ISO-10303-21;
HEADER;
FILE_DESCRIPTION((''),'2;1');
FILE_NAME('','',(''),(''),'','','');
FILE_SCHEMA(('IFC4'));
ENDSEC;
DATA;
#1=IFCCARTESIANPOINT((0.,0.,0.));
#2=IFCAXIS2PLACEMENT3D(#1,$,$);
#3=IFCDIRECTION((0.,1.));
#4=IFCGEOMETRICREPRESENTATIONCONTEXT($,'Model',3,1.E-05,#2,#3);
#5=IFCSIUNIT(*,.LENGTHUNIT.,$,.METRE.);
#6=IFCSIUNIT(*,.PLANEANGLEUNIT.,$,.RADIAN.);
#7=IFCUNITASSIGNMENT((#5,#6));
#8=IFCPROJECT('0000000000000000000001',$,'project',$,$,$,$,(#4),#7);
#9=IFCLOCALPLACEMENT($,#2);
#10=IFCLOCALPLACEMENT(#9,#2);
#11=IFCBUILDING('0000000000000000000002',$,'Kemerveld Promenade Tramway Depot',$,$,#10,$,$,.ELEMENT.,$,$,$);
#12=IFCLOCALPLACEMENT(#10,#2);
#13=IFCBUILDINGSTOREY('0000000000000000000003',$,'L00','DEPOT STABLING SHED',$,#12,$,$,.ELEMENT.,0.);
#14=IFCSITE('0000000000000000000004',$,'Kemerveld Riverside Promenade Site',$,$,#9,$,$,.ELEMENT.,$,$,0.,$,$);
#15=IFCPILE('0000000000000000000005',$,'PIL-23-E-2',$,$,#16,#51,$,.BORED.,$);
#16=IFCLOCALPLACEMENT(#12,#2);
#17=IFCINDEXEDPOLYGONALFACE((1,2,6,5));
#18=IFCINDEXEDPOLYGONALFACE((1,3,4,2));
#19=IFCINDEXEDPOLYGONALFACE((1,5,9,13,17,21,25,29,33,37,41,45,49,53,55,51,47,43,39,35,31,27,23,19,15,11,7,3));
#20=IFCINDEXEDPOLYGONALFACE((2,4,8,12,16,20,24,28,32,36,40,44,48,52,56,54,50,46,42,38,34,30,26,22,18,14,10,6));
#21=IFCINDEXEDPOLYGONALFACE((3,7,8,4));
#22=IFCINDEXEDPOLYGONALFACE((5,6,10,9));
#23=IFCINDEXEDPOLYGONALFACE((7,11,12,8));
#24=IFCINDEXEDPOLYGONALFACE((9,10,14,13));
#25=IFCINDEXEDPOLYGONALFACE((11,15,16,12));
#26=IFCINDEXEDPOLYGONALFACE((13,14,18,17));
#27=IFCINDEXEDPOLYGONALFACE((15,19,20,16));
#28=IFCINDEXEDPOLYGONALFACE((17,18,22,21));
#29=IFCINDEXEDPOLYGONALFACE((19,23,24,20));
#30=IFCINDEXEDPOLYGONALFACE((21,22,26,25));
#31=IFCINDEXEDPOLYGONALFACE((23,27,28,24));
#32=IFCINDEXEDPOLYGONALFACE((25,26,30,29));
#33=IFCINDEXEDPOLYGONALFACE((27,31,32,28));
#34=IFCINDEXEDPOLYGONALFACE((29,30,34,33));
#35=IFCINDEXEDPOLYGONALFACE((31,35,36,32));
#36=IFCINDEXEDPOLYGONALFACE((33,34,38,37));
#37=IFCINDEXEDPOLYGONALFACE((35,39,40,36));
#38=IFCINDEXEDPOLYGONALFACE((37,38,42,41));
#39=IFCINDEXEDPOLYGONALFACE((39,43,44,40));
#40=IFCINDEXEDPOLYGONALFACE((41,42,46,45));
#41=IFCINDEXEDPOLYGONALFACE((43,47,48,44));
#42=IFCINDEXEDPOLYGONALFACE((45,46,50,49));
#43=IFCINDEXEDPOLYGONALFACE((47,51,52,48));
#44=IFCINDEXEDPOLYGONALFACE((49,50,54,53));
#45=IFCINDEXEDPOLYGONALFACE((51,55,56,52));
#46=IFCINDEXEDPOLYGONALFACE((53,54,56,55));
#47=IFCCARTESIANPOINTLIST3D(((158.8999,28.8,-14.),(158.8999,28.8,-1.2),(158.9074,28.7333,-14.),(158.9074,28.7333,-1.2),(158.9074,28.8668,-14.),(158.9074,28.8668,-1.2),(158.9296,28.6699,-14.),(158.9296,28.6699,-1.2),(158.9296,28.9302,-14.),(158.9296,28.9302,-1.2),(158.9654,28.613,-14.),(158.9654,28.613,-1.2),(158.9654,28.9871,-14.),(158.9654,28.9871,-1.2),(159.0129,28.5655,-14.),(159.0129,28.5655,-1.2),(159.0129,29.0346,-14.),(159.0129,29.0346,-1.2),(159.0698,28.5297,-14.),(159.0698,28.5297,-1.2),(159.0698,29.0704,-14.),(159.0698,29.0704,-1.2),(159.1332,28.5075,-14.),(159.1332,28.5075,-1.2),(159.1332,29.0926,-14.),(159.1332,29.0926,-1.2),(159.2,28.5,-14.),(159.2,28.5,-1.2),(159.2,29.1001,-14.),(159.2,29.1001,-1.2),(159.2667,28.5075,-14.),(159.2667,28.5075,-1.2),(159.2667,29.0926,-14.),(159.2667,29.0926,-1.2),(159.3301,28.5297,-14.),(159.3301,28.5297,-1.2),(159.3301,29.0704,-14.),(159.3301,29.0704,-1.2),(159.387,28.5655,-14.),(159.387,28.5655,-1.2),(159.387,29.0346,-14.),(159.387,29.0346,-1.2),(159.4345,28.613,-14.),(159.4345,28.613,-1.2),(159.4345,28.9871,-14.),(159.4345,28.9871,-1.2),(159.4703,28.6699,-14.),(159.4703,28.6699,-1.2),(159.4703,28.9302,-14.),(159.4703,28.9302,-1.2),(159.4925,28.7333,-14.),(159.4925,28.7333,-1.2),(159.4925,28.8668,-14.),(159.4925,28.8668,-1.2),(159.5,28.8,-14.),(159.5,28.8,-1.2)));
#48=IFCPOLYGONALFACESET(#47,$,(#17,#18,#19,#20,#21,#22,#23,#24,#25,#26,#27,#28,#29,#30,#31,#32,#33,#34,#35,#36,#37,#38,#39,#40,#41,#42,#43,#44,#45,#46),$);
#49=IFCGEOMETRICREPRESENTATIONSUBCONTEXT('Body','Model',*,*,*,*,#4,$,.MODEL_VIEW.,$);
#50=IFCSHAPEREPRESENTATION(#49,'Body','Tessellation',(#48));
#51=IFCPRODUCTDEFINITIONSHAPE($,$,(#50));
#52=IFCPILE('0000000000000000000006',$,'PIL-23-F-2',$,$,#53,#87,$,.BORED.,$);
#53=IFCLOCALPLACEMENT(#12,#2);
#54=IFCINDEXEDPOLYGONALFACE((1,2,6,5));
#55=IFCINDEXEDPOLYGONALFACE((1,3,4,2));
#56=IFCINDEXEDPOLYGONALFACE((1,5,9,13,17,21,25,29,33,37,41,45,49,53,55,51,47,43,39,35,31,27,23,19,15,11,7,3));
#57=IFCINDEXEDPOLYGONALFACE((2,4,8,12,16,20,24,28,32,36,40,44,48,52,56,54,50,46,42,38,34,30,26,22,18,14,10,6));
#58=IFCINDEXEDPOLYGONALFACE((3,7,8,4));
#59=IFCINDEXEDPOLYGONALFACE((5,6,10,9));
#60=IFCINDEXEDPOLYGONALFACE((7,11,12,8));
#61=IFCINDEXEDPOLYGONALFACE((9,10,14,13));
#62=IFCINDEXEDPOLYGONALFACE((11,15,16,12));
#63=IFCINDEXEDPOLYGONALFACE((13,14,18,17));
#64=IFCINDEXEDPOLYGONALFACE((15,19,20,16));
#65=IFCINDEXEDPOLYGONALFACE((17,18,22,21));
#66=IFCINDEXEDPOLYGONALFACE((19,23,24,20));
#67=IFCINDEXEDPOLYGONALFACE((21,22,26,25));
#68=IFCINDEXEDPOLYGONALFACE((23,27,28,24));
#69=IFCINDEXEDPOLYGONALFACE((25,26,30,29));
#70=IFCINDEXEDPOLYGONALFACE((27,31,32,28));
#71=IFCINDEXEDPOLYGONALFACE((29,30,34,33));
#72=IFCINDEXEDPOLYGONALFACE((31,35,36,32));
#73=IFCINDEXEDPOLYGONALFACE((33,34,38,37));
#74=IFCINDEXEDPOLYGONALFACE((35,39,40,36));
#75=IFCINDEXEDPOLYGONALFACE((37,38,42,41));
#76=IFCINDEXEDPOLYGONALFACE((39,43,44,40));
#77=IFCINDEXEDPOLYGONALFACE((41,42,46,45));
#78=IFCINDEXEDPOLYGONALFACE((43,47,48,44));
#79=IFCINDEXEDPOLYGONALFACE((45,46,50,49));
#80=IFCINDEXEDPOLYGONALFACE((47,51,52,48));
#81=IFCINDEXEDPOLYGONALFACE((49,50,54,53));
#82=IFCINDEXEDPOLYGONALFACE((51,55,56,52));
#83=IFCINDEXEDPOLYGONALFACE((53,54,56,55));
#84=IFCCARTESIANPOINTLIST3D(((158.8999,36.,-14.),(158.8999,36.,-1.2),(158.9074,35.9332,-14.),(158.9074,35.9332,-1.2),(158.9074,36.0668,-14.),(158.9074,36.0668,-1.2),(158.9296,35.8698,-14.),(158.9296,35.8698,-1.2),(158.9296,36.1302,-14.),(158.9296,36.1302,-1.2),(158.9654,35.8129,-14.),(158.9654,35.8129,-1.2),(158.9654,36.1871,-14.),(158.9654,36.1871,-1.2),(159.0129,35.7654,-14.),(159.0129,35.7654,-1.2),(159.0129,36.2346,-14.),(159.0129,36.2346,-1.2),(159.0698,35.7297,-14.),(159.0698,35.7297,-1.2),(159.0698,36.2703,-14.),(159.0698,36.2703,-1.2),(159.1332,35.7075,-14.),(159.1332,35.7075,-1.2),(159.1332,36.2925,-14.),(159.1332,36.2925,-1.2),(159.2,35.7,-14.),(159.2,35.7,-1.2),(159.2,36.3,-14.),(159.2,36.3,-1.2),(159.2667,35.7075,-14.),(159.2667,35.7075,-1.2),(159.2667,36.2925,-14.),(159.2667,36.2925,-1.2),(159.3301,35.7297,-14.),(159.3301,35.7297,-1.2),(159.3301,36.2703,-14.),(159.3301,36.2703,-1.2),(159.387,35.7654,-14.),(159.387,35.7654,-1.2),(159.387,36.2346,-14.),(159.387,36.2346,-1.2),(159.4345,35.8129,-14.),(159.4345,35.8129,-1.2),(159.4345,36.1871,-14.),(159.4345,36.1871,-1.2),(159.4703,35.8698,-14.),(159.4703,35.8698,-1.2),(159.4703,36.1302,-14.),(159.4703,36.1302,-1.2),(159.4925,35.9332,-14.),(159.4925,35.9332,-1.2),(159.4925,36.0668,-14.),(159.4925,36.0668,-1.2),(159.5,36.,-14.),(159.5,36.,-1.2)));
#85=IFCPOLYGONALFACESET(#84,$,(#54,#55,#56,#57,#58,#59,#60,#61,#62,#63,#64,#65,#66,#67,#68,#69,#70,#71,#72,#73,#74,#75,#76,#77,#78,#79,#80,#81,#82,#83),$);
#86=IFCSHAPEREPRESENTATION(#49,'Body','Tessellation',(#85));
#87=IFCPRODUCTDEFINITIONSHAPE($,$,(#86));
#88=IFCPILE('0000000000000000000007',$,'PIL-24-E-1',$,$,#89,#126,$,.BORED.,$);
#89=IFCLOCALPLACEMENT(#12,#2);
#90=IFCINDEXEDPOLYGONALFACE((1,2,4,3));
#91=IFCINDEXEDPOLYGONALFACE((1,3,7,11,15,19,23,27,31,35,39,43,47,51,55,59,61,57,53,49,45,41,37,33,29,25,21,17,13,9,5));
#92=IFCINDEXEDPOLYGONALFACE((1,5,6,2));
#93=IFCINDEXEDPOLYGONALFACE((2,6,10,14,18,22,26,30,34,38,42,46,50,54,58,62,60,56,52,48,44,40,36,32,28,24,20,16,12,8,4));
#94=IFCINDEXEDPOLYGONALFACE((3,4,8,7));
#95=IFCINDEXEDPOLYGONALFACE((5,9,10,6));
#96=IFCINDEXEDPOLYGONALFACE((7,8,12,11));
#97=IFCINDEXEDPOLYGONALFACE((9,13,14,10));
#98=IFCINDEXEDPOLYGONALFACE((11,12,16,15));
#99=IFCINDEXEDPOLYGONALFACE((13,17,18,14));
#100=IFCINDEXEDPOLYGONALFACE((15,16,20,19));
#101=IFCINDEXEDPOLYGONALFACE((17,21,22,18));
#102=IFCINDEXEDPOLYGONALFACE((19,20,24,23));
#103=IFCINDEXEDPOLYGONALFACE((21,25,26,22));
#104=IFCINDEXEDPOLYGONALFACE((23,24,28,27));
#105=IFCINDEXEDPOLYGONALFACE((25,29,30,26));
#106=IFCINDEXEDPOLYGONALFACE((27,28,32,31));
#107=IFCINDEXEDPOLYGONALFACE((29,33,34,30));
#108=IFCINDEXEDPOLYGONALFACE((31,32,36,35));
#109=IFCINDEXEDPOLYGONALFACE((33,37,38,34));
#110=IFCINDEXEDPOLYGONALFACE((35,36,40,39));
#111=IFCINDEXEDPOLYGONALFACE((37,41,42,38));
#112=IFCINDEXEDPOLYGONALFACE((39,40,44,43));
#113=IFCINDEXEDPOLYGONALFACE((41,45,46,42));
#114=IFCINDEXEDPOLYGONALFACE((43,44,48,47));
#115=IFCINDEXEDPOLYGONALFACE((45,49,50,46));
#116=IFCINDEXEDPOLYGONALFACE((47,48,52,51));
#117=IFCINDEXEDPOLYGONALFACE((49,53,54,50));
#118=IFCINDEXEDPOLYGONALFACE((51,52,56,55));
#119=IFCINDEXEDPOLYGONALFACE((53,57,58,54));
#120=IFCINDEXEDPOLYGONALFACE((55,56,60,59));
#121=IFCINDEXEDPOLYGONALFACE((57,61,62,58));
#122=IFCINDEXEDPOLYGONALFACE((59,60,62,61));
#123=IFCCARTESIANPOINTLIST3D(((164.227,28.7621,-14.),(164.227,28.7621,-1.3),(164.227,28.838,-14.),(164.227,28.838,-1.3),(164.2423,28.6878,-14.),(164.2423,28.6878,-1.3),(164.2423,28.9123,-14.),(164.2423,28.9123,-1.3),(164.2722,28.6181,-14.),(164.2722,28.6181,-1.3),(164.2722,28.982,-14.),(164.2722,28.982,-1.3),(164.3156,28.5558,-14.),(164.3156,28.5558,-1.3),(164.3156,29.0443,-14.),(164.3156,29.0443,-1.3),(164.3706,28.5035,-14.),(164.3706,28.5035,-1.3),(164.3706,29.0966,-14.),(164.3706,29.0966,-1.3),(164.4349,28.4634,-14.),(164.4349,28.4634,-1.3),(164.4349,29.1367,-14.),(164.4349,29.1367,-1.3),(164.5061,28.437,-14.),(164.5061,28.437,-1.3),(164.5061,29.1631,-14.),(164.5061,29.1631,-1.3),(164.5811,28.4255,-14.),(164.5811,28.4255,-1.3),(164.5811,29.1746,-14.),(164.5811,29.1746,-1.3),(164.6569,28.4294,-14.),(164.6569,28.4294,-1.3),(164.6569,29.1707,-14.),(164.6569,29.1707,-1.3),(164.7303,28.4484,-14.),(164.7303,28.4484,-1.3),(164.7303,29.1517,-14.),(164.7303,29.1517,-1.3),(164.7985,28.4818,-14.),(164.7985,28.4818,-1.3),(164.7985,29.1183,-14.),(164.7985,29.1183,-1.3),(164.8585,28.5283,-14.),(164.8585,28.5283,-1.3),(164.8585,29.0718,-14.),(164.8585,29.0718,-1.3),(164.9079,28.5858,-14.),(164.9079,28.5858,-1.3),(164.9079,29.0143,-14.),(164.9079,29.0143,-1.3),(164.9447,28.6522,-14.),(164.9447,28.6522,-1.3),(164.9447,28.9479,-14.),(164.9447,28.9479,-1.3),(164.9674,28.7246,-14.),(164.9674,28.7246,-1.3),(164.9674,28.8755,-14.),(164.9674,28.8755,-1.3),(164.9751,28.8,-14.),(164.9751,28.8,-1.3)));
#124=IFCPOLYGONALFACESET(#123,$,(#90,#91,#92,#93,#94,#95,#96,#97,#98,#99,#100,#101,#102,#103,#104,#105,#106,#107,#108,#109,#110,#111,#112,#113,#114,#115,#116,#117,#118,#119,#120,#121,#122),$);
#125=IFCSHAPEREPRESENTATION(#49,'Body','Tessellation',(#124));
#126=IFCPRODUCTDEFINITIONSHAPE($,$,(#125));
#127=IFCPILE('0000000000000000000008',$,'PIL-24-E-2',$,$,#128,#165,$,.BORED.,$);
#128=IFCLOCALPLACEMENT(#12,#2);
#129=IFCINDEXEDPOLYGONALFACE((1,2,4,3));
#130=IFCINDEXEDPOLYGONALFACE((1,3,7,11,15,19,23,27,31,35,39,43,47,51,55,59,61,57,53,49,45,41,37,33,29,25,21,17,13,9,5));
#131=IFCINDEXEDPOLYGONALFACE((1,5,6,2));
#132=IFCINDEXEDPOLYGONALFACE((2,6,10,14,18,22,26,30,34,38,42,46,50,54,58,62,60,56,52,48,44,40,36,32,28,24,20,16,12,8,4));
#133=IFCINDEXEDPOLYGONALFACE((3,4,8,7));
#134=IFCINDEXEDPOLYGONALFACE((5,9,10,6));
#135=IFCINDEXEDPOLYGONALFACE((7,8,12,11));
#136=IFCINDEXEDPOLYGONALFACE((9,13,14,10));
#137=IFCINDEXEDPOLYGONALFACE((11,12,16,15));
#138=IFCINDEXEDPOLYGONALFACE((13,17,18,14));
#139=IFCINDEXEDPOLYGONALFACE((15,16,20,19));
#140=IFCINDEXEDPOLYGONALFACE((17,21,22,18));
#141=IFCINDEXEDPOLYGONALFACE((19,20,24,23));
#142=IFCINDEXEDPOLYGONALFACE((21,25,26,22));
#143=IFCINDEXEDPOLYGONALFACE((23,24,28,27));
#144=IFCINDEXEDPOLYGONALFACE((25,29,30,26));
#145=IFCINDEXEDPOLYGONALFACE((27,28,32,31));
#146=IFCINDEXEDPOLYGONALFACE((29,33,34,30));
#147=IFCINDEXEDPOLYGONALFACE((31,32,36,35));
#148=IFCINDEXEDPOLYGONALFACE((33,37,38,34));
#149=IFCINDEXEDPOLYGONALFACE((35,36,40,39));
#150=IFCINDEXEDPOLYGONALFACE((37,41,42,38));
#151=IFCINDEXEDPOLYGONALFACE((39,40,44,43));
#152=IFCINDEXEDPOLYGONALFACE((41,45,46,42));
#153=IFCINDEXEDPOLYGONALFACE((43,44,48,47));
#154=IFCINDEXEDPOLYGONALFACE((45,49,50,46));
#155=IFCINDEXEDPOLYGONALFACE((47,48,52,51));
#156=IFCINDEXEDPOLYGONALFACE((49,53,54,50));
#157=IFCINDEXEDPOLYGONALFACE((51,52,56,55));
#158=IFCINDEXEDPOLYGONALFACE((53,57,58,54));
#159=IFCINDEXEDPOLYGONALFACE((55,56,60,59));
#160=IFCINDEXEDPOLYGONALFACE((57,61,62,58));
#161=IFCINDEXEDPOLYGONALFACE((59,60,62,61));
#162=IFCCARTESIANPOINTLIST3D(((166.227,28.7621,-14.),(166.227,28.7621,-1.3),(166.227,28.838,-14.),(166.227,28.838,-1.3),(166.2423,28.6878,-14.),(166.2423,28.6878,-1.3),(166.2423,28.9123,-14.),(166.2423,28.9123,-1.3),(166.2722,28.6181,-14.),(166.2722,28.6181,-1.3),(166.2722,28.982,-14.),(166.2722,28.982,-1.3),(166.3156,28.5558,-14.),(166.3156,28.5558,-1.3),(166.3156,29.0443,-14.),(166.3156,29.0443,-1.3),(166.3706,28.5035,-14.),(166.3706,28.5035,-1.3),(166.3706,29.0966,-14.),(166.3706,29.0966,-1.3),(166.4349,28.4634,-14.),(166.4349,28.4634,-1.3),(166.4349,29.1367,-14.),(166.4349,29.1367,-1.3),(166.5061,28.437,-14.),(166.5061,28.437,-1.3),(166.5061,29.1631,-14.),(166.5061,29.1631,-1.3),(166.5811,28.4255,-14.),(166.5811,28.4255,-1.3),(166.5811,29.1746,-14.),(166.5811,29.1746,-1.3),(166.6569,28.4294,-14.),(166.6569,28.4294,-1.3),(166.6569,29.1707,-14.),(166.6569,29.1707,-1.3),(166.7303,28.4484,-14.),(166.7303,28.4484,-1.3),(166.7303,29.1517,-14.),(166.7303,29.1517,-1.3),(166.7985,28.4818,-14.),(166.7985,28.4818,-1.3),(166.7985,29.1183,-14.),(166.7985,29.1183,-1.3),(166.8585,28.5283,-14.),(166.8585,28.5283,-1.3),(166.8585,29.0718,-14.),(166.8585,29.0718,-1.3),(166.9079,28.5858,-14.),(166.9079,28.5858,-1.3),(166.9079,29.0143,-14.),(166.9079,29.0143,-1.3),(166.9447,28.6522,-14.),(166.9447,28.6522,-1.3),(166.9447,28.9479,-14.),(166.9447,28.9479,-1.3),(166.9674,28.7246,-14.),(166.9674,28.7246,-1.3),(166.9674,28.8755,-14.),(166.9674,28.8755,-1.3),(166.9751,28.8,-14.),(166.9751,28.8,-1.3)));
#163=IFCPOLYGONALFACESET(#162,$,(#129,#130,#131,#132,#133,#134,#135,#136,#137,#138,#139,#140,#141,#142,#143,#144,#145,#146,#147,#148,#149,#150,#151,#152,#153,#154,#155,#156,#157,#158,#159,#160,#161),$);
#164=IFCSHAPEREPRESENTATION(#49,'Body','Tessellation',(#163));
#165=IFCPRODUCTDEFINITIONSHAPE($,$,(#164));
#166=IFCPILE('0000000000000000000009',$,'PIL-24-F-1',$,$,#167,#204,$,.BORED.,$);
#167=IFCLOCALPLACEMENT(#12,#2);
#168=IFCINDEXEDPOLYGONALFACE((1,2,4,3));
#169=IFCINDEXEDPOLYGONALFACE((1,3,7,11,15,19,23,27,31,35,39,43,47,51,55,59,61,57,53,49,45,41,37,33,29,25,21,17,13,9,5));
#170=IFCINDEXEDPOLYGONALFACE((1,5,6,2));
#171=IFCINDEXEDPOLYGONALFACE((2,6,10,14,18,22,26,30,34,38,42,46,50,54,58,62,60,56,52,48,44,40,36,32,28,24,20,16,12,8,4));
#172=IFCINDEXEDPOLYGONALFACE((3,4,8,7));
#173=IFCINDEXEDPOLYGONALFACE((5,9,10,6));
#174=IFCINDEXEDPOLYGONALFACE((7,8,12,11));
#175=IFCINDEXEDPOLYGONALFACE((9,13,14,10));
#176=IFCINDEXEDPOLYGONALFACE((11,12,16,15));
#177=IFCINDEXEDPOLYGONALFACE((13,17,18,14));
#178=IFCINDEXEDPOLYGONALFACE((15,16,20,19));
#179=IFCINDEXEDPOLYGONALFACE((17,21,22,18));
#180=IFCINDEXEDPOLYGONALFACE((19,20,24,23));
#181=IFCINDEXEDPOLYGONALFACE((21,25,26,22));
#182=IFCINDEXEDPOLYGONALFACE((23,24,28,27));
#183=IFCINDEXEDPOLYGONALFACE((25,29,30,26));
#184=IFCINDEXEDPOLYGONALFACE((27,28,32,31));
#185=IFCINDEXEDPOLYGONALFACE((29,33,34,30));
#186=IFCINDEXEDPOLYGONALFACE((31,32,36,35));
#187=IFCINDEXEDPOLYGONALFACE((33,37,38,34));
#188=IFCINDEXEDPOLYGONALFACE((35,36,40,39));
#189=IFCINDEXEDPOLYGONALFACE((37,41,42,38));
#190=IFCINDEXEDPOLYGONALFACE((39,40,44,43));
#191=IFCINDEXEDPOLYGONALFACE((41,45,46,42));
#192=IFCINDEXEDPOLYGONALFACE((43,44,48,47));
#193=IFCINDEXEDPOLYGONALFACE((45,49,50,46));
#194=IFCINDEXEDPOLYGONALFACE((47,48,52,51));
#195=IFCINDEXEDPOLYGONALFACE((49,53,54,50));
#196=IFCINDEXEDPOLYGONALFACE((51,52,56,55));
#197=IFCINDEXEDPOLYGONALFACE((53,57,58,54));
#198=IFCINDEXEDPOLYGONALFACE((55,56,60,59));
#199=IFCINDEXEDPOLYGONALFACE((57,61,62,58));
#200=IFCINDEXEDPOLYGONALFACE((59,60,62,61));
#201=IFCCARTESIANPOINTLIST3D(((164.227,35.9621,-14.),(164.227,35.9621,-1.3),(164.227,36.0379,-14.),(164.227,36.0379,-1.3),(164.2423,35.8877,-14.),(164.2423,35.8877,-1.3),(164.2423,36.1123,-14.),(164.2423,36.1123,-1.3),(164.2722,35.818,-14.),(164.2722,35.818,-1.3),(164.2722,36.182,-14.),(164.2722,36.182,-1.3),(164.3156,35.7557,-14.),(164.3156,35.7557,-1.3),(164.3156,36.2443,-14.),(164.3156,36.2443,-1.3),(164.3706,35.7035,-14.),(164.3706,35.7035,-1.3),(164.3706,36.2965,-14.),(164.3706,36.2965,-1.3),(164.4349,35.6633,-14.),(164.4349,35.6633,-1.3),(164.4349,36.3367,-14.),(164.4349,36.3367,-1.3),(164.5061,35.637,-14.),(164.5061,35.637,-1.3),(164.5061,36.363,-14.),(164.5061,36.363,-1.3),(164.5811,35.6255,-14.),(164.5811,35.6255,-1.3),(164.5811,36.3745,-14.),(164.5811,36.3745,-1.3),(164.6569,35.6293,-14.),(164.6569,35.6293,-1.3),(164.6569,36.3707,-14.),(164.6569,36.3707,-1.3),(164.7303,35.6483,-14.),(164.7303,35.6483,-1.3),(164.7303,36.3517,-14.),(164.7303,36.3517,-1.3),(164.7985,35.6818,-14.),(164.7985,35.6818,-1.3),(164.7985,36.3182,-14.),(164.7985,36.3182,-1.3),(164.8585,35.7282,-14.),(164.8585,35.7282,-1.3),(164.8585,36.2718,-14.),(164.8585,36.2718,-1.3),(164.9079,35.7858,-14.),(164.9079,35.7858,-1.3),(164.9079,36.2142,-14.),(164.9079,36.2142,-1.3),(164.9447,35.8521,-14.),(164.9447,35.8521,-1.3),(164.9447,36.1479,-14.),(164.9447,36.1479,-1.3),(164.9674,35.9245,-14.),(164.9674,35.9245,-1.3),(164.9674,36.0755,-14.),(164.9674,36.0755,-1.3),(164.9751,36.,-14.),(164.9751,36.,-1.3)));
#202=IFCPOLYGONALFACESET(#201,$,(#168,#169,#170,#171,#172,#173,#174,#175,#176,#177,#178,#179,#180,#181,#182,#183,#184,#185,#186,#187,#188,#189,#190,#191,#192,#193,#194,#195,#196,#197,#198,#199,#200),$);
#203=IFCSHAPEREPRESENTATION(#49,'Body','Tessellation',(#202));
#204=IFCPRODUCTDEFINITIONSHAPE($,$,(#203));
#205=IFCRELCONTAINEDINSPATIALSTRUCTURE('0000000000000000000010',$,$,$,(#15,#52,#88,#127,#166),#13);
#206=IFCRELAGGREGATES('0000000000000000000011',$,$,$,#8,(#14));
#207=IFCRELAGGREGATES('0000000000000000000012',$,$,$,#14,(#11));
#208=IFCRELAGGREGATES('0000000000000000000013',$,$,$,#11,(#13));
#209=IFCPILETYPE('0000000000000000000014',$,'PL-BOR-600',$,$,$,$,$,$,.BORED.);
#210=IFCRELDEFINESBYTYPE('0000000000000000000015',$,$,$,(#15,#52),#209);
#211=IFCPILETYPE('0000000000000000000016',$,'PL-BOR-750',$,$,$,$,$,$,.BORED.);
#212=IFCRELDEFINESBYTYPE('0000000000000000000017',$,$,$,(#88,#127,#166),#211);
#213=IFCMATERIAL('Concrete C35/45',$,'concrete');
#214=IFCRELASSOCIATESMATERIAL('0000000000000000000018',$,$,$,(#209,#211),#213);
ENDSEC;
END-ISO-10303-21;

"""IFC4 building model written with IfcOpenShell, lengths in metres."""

from ifc_helpers import new_model, si_unit, direction, frame, origin, origin_2d, place, context, subcontext, project, spatial, circle, extrude, material, material_profile, profile_set, type_object, element, save


model = new_model("IFC4")

# Units and contexts
model_context = context("Model", 3, precision=1e-05, world=origin(), true_north=direction((0.0, 1.0)))
body_context = subcontext(model_context, "Body", "Model", "MODEL_VIEW")
ifc_project = project(units=[si_unit("LENGTHUNIT", "METRE"), si_unit("PLANEANGLEUNIT", "RADIAN")], contexts=[model_context])

# Site, building, storey
site_placement = place(None, origin())
site = spatial("IfcSite", under=ifc_project, at=site_placement, Name="Kemerveld Riverside Promenade Site", CompositionType="ELEMENT", RefElevation=0.0)
building_placement = place(site_placement, origin())
building = spatial("IfcBuilding", under=site, at=building_placement, Name="Kemerveld Promenade Tramway Depot", CompositionType="ELEMENT")
storey_placement = place(building_placement, origin())
storey = spatial("IfcBuildingStorey", under=building, at=storey_placement, Name="L00", Description="DEPOT STABLING SHED", CompositionType="ELEMENT", Elevation=0.0)

# Shared definitions
ifc_material_1 = material(Name="Concrete C35/45", Category="concrete")

# Piles
ifc_material_profile_1 = material_profile(ifc_material_1, circle(Radius=0.3, at=origin_2d()), Name="PILE-D600")
ifc_profile_set_1 = profile_set([ifc_material_profile_1], Name="Concrete C35/45")
pile_type_1 = type_object("IfcPileType", Name="PL-BOR-600", PredefinedType="BORED", material=ifc_profile_set_1)
for number, where, z_axis, x_axis, name in (
    (1, (159.2, 28.8, -1.2), (0.0, 0.0, -1.0), (1.0, 0.0, 0.0), "PIL-23-E-2"),
    (2, (159.2, 36.0, -1.2), (0.0, 0.0, -1.0), (1.0, 0.0, 0.0), "PIL-23-F-2"),
):
    element("IfcPile", number, at=place(storey_placement, frame(where, z_axis=z_axis, x_axis=x_axis)), inside=storey, type_object=pile_type_1, Name=name, PredefinedType="BORED", context=body_context, shape_type="SweptSolid", body=[
        extrude(circle(Radius=0.3, at=origin_2d()), origin(), (0.0, 0.0, 1.0), 12.8),
    ])
ifc_material_profile_2 = material_profile(ifc_material_1, circle(Radius=0.375, at=origin_2d()), Name="PILE-D750")
ifc_profile_set_2 = profile_set([ifc_material_profile_2], Name="Concrete C35/45")
pile_type_2 = type_object("IfcPileType", Name="PL-BOR-750", PredefinedType="BORED", material=ifc_profile_set_2)
for number, where, z_axis, x_axis, name in (
    (3, (164.6001, 28.8, -1.3), (0.0, 0.0, -1.0), (1.0, 0.0, 0.0), "PIL-24-E-1"),
    (4, (166.6001, 28.8, -1.3), (0.0, 0.0, -1.0), (1.0, 0.0, 0.0), "PIL-24-E-2"),
    (5, (164.6001, 36.0, -1.3), (0.0, 0.0, -1.0), (1.0, 0.0, 0.0), "PIL-24-F-1"),
):
    element("IfcPile", number, at=place(storey_placement, frame(where, z_axis=z_axis, x_axis=x_axis)), inside=storey, type_object=pile_type_2, Name=name, PredefinedType="BORED", context=body_context, shape_type="SweptSolid", body=[
        extrude(circle(Radius=0.375, at=origin_2d()), origin(), (0.0, 0.0, 1.0), 12.7),
    ])

save(model, "model.ifc")
